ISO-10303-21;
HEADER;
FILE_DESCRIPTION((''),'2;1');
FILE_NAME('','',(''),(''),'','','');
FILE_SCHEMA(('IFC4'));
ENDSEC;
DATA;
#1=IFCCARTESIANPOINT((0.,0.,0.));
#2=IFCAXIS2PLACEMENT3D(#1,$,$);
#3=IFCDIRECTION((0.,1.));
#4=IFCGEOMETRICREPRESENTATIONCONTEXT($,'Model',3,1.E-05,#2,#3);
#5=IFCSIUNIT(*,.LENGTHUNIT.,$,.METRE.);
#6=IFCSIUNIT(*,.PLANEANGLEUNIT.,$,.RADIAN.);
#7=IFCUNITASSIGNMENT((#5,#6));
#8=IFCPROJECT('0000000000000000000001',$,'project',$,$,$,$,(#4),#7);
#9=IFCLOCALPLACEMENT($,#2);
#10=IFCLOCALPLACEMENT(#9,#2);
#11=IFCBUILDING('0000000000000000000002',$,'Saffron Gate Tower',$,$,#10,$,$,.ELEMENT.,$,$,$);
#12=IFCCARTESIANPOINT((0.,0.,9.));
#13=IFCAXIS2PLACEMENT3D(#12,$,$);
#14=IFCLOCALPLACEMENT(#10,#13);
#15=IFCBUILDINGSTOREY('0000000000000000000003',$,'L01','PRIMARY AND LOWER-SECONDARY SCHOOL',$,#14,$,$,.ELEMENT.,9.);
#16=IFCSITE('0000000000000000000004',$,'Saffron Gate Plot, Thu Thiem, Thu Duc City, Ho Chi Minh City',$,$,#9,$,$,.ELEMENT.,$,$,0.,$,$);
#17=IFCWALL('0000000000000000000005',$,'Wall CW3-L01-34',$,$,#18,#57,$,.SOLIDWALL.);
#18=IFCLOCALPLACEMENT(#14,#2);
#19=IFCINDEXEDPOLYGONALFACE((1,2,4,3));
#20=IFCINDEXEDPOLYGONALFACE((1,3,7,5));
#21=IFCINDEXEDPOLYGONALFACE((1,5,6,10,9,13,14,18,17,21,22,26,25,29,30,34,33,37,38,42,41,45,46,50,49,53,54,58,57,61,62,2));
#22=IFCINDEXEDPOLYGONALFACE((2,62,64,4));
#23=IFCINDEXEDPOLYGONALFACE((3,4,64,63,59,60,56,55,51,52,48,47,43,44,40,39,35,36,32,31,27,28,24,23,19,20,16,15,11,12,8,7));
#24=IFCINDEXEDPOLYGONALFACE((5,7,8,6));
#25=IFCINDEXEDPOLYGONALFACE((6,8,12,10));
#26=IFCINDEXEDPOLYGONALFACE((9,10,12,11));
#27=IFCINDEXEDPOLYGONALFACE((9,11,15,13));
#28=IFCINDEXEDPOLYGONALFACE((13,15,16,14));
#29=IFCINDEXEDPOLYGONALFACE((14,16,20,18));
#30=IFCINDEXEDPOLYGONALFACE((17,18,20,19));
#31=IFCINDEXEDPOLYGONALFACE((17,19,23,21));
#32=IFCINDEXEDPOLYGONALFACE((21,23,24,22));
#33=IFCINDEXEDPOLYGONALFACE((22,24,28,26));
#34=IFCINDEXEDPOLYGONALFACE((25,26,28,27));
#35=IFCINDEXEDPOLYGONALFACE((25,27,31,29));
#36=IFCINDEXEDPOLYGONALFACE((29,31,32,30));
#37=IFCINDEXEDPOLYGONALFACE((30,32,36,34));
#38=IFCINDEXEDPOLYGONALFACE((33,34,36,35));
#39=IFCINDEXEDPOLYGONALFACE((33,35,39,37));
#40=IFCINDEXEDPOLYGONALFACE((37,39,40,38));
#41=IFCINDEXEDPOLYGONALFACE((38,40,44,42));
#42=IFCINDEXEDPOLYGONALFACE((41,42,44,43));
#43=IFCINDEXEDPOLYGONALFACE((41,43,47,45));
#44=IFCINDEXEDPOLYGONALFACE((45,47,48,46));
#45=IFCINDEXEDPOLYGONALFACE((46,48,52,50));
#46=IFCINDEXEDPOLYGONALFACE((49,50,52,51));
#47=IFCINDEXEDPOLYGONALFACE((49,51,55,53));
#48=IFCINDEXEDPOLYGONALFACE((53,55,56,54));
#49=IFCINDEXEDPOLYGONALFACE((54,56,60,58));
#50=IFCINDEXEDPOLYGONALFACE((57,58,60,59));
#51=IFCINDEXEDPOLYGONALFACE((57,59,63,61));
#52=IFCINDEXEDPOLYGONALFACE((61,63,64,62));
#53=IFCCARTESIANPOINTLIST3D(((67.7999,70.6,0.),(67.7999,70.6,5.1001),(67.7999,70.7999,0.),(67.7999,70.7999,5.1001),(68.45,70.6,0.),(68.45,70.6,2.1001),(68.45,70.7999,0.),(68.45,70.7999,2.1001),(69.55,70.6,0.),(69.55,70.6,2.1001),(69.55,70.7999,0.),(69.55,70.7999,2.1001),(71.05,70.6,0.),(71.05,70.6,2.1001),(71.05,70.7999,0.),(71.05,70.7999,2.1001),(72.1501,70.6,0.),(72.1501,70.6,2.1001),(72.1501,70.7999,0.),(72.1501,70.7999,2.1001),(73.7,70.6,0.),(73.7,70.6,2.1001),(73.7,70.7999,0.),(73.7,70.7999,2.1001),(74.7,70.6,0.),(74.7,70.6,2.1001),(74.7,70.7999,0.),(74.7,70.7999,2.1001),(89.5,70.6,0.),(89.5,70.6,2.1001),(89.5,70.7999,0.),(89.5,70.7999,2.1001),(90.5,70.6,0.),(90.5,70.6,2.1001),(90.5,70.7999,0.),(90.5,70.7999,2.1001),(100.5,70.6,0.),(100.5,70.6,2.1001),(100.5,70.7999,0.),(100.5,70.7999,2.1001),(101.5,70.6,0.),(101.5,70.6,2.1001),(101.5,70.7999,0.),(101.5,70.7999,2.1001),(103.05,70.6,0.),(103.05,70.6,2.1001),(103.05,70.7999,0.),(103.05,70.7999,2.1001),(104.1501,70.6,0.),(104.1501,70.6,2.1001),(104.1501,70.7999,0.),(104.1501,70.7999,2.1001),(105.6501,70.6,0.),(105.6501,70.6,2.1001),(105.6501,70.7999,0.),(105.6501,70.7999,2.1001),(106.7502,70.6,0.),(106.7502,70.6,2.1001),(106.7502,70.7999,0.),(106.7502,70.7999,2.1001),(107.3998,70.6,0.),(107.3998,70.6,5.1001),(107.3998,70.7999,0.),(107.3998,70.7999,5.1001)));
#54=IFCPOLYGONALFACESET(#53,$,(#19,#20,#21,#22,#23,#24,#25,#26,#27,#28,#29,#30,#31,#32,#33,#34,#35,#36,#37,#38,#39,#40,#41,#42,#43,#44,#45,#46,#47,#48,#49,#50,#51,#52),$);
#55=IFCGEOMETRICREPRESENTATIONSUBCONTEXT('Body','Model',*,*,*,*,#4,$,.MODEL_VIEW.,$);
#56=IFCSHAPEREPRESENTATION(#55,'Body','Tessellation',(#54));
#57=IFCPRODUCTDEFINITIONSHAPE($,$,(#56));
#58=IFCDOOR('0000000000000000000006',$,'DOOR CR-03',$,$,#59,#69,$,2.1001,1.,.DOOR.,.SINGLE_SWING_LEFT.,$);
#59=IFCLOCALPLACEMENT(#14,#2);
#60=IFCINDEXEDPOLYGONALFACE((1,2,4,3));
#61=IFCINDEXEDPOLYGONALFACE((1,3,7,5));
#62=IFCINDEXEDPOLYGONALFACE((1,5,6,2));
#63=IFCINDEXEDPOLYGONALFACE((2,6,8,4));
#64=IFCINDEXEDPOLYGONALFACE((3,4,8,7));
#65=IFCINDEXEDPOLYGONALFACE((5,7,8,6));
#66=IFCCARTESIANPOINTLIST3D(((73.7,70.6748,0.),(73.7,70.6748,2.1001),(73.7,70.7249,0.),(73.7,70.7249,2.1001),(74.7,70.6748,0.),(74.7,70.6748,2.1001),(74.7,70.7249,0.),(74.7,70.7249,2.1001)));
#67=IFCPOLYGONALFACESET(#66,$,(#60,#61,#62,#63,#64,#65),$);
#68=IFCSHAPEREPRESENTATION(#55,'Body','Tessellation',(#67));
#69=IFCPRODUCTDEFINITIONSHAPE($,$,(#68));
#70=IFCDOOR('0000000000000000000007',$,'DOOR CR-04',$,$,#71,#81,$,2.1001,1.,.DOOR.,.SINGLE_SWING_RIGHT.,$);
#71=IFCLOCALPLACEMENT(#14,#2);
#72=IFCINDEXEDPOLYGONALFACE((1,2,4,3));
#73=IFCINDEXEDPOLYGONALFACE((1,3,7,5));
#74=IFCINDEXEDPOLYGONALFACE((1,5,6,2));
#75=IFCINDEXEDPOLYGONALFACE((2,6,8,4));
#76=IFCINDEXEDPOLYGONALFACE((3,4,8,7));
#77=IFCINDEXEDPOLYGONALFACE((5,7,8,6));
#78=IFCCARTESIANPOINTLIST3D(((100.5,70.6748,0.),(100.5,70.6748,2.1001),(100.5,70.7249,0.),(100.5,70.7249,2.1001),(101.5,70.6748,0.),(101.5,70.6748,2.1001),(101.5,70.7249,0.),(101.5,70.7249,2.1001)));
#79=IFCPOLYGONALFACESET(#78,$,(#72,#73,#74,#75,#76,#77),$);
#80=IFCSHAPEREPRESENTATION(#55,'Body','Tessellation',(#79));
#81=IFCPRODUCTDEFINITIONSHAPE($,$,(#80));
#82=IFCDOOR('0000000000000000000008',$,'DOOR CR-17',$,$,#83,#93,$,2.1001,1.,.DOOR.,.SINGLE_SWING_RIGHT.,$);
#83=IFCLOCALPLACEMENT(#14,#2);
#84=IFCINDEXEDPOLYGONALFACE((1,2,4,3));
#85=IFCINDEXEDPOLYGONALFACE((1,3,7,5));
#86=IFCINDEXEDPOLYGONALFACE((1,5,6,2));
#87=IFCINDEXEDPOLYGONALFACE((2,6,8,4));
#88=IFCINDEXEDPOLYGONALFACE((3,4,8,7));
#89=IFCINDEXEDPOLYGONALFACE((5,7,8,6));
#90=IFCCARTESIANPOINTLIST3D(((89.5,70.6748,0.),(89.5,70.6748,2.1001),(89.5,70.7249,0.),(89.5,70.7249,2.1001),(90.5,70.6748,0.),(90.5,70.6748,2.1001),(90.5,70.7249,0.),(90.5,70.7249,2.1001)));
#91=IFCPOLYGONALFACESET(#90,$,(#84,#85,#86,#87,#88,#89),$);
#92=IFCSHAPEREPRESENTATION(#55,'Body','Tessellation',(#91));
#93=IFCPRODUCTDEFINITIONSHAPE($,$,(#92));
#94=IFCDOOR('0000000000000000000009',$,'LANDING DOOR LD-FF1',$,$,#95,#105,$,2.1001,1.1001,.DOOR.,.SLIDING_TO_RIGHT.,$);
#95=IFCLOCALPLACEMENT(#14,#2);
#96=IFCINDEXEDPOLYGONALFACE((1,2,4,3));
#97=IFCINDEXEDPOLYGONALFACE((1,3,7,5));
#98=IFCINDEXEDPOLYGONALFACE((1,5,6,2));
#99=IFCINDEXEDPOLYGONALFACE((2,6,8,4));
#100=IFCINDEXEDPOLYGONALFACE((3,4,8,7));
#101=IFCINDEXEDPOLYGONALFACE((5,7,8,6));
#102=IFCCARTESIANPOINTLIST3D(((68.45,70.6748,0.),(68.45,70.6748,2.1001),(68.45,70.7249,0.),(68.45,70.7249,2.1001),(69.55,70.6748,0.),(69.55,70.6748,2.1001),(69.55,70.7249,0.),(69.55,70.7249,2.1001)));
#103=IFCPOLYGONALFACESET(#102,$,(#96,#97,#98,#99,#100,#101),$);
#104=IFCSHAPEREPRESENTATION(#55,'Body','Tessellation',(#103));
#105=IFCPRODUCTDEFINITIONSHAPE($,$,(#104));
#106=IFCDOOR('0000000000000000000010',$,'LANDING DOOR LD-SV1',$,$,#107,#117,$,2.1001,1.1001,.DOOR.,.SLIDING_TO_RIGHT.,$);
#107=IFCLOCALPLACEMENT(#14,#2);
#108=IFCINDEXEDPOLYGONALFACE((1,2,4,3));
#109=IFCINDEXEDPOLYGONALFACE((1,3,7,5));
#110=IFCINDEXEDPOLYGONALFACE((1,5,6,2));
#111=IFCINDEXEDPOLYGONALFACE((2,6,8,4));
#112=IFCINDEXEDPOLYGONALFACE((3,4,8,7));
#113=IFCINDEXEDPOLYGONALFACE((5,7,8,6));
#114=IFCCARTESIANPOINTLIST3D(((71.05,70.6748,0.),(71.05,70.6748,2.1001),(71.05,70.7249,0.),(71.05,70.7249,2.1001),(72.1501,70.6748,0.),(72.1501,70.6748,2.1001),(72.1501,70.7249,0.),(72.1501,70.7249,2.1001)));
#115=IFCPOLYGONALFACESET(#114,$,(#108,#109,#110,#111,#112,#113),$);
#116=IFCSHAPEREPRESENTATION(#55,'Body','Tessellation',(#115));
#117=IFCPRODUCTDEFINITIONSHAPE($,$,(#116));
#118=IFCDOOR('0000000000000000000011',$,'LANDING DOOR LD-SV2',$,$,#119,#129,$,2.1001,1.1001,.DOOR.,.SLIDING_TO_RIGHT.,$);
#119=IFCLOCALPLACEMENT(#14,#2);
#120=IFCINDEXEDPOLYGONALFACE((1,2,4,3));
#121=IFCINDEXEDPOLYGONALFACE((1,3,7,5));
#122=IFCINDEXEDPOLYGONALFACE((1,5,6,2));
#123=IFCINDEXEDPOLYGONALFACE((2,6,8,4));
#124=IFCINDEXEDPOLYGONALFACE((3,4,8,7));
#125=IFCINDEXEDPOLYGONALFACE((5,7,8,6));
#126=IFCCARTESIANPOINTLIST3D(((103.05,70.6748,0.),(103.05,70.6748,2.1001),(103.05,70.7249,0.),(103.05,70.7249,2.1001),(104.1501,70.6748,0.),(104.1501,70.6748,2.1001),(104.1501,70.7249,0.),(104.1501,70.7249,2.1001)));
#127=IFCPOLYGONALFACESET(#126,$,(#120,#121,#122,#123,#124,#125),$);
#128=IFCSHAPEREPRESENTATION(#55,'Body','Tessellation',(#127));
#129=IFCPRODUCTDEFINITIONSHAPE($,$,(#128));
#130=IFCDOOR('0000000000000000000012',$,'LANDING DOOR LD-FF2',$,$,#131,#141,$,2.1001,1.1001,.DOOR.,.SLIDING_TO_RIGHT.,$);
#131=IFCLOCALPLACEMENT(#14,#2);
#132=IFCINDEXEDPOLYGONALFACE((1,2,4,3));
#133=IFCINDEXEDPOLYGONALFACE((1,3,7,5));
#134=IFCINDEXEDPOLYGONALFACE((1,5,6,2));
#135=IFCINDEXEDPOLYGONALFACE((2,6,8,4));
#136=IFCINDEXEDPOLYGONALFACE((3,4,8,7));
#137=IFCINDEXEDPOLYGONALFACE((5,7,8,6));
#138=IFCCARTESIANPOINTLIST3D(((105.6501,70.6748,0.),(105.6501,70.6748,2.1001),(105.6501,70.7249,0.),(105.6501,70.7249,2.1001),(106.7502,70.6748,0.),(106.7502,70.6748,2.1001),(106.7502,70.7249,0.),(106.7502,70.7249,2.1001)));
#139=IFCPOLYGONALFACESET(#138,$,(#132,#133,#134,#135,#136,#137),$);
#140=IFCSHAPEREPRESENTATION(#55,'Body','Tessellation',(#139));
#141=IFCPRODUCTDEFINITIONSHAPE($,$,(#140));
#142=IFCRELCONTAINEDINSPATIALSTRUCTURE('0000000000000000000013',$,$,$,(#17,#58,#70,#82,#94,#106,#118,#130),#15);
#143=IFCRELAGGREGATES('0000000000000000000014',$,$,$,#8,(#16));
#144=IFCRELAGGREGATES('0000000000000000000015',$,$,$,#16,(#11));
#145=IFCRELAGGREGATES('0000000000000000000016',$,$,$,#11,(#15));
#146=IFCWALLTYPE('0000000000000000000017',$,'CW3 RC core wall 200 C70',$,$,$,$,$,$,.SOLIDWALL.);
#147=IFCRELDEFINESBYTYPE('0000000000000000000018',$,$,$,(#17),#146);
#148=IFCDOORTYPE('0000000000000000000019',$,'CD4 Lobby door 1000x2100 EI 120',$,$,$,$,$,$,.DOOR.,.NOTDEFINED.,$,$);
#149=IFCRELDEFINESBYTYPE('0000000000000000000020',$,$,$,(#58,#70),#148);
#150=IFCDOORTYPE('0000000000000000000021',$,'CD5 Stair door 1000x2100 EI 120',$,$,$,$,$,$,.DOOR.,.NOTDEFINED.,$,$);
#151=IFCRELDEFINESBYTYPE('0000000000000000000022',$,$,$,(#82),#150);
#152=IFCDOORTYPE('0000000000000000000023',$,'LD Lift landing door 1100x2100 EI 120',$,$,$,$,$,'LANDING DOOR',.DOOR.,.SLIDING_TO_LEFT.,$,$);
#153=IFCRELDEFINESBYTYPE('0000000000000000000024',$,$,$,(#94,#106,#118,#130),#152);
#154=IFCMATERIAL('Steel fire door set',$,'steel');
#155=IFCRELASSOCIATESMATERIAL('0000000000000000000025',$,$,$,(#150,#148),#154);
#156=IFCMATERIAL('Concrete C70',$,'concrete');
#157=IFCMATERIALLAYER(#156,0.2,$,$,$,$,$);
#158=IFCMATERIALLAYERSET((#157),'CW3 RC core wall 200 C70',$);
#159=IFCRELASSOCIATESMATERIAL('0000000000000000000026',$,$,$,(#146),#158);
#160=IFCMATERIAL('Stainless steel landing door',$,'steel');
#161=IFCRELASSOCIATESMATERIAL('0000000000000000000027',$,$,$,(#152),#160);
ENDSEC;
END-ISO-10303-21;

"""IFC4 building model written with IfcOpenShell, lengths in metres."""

from ifc_helpers import new_model, si_unit, direction, frame, frame_2d, origin, place, context, subcontext, project, spatial, rectangle, extrude, material, layer, layer_set, type_object, element, fill, save


model = new_model("IFC4")

# Units and contexts
model_context = context("Model", 3, precision=1e-05, world=origin(), true_north=direction((0.0, 1.0)))
body_context = subcontext(model_context, "Body", "Model", "MODEL_VIEW")
ifc_project = project(units=[si_unit("LENGTHUNIT", "METRE"), si_unit("PLANEANGLEUNIT", "RADIAN")], contexts=[model_context])

# Site, building, storey
site_placement = place(None, origin())
site = spatial("IfcSite", under=ifc_project, at=site_placement, Name="Saffron Gate Plot, Thu Thiem, Thu Duc City, Ho Chi Minh City", CompositionType="ELEMENT", RefElevation=0.0)
building_placement = place(site_placement, origin())
building = spatial("IfcBuilding", under=site, at=building_placement, Name="Saffron Gate Tower", CompositionType="ELEMENT")
storey_placement = place(building_placement, frame((0.0, 0.0, 9.0)))
storey = spatial("IfcBuildingStorey", under=building, at=storey_placement, Name="L01", Description="PRIMARY AND LOWER-SECONDARY SCHOOL", CompositionType="ELEMENT", Elevation=9.0)

# Wall, openings, doors
ifc_material_1 = material(Name="Concrete C70", Category="concrete")
ifc_material_2 = material(Name="Steel fire door set", Category="steel")
door_type_1 = type_object("IfcDoorType", Name="CD5 Stair door 1000x2100 EI 120", OperationType="NOTDEFINED", PredefinedType="DOOR", material=ifc_material_2)
ifc_layer_1 = layer(ifc_material_1, 0.2)
ifc_layer_set_1 = layer_set([ifc_layer_1], Name="CW3 RC core wall 200 C70")
wall_type_1 = type_object("IfcWallType", Name="CW3 RC core wall 200 C70", PredefinedType="SOLIDWALL", material=ifc_layer_set_1)
ifc_material_3 = material(Name="Stainless steel landing door", Category="steel")
door_type_2 = type_object("IfcDoorType", Name="LD Lift landing door 1100x2100 EI 120", ElementType="LANDING DOOR", OperationType="SLIDING_TO_LEFT", PredefinedType="DOOR", material=ifc_material_3)
wall_1_placement = place(storey_placement, frame((67.8, 70.7, 0.0), z_axis=(0.0, 0.0, 1.0), x_axis=(1.0, 0.0, 0.0)))
wall_1 = element("IfcWall", 1, at=wall_1_placement, inside=storey, type_object=wall_type_1, Name="Wall CW3-L01-34", PredefinedType="SOLIDWALL", context=body_context, shape_type="SweptSolid", body=[
    extrude(rectangle(XDim=39.5999, YDim=0.2, at=frame_2d((19.7998, 0.0))), origin(), (0.0, 0.0, 1.0), 5.1001),
])
opening_1_placement = place(wall_1_placement, frame((0.6499, 0.0, 0.0)))
opening_1 = element("IfcOpeningElement", 2, at=opening_1_placement, cuts=wall_1, PredefinedType="OPENING", context=body_context, shape_type="SweptSolid", body=[
    extrude(rectangle(XDim=1.1001, YDim=2.1001, at=frame_2d((0.55, 1.05))), frame((0.0, 0.1099, 0.0), z_axis=(0.0, -1.0, 0.0), x_axis=(1.0, 0.0, 0.0)), (0.0, 0.0, 1.0), 0.22),
])
opening_2_placement = place(wall_1_placement, frame((3.25, 0.0, 0.0)))
opening_2 = element("IfcOpeningElement", 3, at=opening_2_placement, cuts=wall_1, PredefinedType="OPENING", context=body_context, shape_type="SweptSolid", body=[
    extrude(rectangle(XDim=1.1001, YDim=2.1001, at=frame_2d((0.55, 1.05))), frame((0.0, 0.1099, 0.0), z_axis=(0.0, -1.0, 0.0), x_axis=(1.0, 0.0, 0.0)), (0.0, 0.0, 1.0), 0.22),
])
opening_3_placement = place(wall_1_placement, frame((5.8999, 0.0, 0.0)))
opening_3 = element("IfcOpeningElement", 4, at=opening_3_placement, cuts=wall_1, PredefinedType="OPENING", context=body_context, shape_type="SweptSolid", body=[
    extrude(rectangle(XDim=1.0, YDim=2.1001, at=frame_2d((0.5, 1.05))), frame((0.0, 0.1099, 0.0), z_axis=(0.0, -1.0, 0.0), x_axis=(1.0, 0.0, 0.0)), (0.0, 0.0, 1.0), 0.22),
])
opening_4_placement = place(wall_1_placement, frame((21.7, 0.0, 0.0)))
opening_4 = element("IfcOpeningElement", 5, at=opening_4_placement, cuts=wall_1, PredefinedType="OPENING", context=body_context, shape_type="SweptSolid", body=[
    extrude(rectangle(XDim=1.0, YDim=2.1001, at=frame_2d((0.5, 1.05))), frame((0.0, 0.1099, 0.0), z_axis=(0.0, -1.0, 0.0), x_axis=(1.0, 0.0, 0.0)), (0.0, 0.0, 1.0), 0.22),
])
opening_5_placement = place(wall_1_placement, frame((32.7, 0.0, 0.0)))
opening_5 = element("IfcOpeningElement", 6, at=opening_5_placement, cuts=wall_1, PredefinedType="OPENING", context=body_context, shape_type="SweptSolid", body=[
    extrude(rectangle(XDim=1.0, YDim=2.1001, at=frame_2d((0.5, 1.05))), frame((0.0, 0.1099, 0.0), z_axis=(0.0, -1.0, 0.0), x_axis=(1.0, 0.0, 0.0)), (0.0, 0.0, 1.0), 0.22),
])
opening_6_placement = place(wall_1_placement, frame((35.25, 0.0, 0.0)))
opening_6 = element("IfcOpeningElement", 7, at=opening_6_placement, cuts=wall_1, PredefinedType="OPENING", context=body_context, shape_type="SweptSolid", body=[
    extrude(rectangle(XDim=1.1001, YDim=2.1001, at=frame_2d((0.55, 1.05))), frame((0.0, 0.1099, 0.0), z_axis=(0.0, -1.0, 0.0), x_axis=(1.0, 0.0, 0.0)), (0.0, 0.0, 1.0), 0.22),
])
opening_7_placement = place(wall_1_placement, frame((37.8501, 0.0, 0.0)))
opening_7 = element("IfcOpeningElement", 8, at=opening_7_placement, cuts=wall_1, PredefinedType="OPENING", context=body_context, shape_type="SweptSolid", body=[
    extrude(rectangle(XDim=1.1001, YDim=2.1001, at=frame_2d((0.55, 1.05))), frame((0.0, 0.1099, 0.0), z_axis=(0.0, -1.0, 0.0), x_axis=(1.0, 0.0, 0.0)), (0.0, 0.0, 1.0), 0.22),
])
door_type_3 = type_object("IfcDoorType", Name="CD4 Lobby door 1000x2100 EI 120", OperationType="NOTDEFINED", PredefinedType="DOOR", material=ifc_material_2)
door_1_placement = place(opening_3_placement, origin())
door_1 = element("IfcDoor", 9, at=door_1_placement, inside=storey, type_object=door_type_3, Name="DOOR CR-03", OperationType="SINGLE_SWING_LEFT", OverallHeight=2.1001, OverallWidth=1.0, PredefinedType="DOOR", context=body_context, shape_type="SweptSolid", body=[
    extrude(rectangle(XDim=1.0, YDim=2.1001, at=frame_2d((0.5, 1.05))), frame((0.0, 0.0249, 0.0), z_axis=(0.0, -1.0, 0.0), x_axis=(1.0, 0.0, 0.0)), (0.0, 0.0, 1.0), 0.05),
])
fill(opening_3, door_1)
door_2_placement = place(opening_5_placement, origin())
door_2 = element("IfcDoor", 10, at=door_2_placement, inside=storey, type_object=door_type_3, Name="DOOR CR-04", OperationType="SINGLE_SWING_RIGHT", OverallHeight=2.1001, OverallWidth=1.0, PredefinedType="DOOR", context=body_context, shape_type="SweptSolid", body=[
    extrude(rectangle(XDim=1.0, YDim=2.1001, at=frame_2d((0.5, 1.05))), frame((0.0, 0.0249, 0.0), z_axis=(0.0, -1.0, 0.0), x_axis=(1.0, 0.0, 0.0)), (0.0, 0.0, 1.0), 0.05),
])
fill(opening_5, door_2)
door_3_placement = place(opening_4_placement, origin())
door_3 = element("IfcDoor", 11, at=door_3_placement, inside=storey, type_object=door_type_1, Name="DOOR CR-17", OperationType="SINGLE_SWING_RIGHT", OverallHeight=2.1001, OverallWidth=1.0, PredefinedType="DOOR", context=body_context, shape_type="SweptSolid", body=[
    extrude(rectangle(XDim=1.0, YDim=2.1001, at=frame_2d((0.5, 1.05))), frame((0.0, 0.0249, 0.0), z_axis=(0.0, -1.0, 0.0), x_axis=(1.0, 0.0, 0.0)), (0.0, 0.0, 1.0), 0.05),
])
fill(opening_4, door_3)
door_4_placement = place(opening_1_placement, origin())
door_4 = element("IfcDoor", 12, at=door_4_placement, inside=storey, type_object=door_type_2, Name="LANDING DOOR LD-FF1", OperationType="SLIDING_TO_RIGHT", OverallHeight=2.1001, OverallWidth=1.1001, PredefinedType="DOOR", context=body_context, shape_type="SweptSolid", body=[
    extrude(rectangle(XDim=1.1001, YDim=2.1001, at=frame_2d((0.55, 1.05))), frame((0.0, 0.0249, 0.0), z_axis=(0.0, -1.0, 0.0), x_axis=(1.0, 0.0, 0.0)), (0.0, 0.0, 1.0), 0.05),
])
fill(opening_1, door_4)
door_5_placement = place(opening_2_placement, origin())
door_5 = element("IfcDoor", 13, at=door_5_placement, inside=storey, type_object=door_type_2, Name="LANDING DOOR LD-SV1", OperationType="SLIDING_TO_RIGHT", OverallHeight=2.1001, OverallWidth=1.1001, PredefinedType="DOOR", context=body_context, shape_type="SweptSolid", body=[
    extrude(rectangle(XDim=1.1001, YDim=2.1001, at=frame_2d((0.55, 1.05))), frame((0.0, 0.0249, 0.0), z_axis=(0.0, -1.0, 0.0), x_axis=(1.0, 0.0, 0.0)), (0.0, 0.0, 1.0), 0.05),
])
fill(opening_2, door_5)
door_6_placement = place(opening_6_placement, origin())
door_6 = element("IfcDoor", 14, at=door_6_placement, inside=storey, type_object=door_type_2, Name="LANDING DOOR LD-SV2", OperationType="SLIDING_TO_RIGHT", OverallHeight=2.1001, OverallWidth=1.1001, PredefinedType="DOOR", context=body_context, shape_type="SweptSolid", body=[
    extrude(rectangle(XDim=1.1001, YDim=2.1001, at=frame_2d((0.55, 1.05))), frame((0.0, 0.0249, 0.0), z_axis=(0.0, -1.0, 0.0), x_axis=(1.0, 0.0, 0.0)), (0.0, 0.0, 1.0), 0.05),
])
fill(opening_6, door_6)
door_7_placement = place(opening_7_placement, origin())
door_7 = element("IfcDoor", 15, at=door_7_placement, inside=storey, type_object=door_type_2, Name="LANDING DOOR LD-FF2", OperationType="SLIDING_TO_RIGHT", OverallHeight=2.1001, OverallWidth=1.1001, PredefinedType="DOOR", context=body_context, shape_type="SweptSolid", body=[
    extrude(rectangle(XDim=1.1001, YDim=2.1001, at=frame_2d((0.55, 1.05))), frame((0.0, 0.0249, 0.0), z_axis=(0.0, -1.0, 0.0), x_axis=(1.0, 0.0, 0.0)), (0.0, 0.0, 1.0), 0.05),
])
fill(opening_7, door_7)

save(model, "model.ifc")
